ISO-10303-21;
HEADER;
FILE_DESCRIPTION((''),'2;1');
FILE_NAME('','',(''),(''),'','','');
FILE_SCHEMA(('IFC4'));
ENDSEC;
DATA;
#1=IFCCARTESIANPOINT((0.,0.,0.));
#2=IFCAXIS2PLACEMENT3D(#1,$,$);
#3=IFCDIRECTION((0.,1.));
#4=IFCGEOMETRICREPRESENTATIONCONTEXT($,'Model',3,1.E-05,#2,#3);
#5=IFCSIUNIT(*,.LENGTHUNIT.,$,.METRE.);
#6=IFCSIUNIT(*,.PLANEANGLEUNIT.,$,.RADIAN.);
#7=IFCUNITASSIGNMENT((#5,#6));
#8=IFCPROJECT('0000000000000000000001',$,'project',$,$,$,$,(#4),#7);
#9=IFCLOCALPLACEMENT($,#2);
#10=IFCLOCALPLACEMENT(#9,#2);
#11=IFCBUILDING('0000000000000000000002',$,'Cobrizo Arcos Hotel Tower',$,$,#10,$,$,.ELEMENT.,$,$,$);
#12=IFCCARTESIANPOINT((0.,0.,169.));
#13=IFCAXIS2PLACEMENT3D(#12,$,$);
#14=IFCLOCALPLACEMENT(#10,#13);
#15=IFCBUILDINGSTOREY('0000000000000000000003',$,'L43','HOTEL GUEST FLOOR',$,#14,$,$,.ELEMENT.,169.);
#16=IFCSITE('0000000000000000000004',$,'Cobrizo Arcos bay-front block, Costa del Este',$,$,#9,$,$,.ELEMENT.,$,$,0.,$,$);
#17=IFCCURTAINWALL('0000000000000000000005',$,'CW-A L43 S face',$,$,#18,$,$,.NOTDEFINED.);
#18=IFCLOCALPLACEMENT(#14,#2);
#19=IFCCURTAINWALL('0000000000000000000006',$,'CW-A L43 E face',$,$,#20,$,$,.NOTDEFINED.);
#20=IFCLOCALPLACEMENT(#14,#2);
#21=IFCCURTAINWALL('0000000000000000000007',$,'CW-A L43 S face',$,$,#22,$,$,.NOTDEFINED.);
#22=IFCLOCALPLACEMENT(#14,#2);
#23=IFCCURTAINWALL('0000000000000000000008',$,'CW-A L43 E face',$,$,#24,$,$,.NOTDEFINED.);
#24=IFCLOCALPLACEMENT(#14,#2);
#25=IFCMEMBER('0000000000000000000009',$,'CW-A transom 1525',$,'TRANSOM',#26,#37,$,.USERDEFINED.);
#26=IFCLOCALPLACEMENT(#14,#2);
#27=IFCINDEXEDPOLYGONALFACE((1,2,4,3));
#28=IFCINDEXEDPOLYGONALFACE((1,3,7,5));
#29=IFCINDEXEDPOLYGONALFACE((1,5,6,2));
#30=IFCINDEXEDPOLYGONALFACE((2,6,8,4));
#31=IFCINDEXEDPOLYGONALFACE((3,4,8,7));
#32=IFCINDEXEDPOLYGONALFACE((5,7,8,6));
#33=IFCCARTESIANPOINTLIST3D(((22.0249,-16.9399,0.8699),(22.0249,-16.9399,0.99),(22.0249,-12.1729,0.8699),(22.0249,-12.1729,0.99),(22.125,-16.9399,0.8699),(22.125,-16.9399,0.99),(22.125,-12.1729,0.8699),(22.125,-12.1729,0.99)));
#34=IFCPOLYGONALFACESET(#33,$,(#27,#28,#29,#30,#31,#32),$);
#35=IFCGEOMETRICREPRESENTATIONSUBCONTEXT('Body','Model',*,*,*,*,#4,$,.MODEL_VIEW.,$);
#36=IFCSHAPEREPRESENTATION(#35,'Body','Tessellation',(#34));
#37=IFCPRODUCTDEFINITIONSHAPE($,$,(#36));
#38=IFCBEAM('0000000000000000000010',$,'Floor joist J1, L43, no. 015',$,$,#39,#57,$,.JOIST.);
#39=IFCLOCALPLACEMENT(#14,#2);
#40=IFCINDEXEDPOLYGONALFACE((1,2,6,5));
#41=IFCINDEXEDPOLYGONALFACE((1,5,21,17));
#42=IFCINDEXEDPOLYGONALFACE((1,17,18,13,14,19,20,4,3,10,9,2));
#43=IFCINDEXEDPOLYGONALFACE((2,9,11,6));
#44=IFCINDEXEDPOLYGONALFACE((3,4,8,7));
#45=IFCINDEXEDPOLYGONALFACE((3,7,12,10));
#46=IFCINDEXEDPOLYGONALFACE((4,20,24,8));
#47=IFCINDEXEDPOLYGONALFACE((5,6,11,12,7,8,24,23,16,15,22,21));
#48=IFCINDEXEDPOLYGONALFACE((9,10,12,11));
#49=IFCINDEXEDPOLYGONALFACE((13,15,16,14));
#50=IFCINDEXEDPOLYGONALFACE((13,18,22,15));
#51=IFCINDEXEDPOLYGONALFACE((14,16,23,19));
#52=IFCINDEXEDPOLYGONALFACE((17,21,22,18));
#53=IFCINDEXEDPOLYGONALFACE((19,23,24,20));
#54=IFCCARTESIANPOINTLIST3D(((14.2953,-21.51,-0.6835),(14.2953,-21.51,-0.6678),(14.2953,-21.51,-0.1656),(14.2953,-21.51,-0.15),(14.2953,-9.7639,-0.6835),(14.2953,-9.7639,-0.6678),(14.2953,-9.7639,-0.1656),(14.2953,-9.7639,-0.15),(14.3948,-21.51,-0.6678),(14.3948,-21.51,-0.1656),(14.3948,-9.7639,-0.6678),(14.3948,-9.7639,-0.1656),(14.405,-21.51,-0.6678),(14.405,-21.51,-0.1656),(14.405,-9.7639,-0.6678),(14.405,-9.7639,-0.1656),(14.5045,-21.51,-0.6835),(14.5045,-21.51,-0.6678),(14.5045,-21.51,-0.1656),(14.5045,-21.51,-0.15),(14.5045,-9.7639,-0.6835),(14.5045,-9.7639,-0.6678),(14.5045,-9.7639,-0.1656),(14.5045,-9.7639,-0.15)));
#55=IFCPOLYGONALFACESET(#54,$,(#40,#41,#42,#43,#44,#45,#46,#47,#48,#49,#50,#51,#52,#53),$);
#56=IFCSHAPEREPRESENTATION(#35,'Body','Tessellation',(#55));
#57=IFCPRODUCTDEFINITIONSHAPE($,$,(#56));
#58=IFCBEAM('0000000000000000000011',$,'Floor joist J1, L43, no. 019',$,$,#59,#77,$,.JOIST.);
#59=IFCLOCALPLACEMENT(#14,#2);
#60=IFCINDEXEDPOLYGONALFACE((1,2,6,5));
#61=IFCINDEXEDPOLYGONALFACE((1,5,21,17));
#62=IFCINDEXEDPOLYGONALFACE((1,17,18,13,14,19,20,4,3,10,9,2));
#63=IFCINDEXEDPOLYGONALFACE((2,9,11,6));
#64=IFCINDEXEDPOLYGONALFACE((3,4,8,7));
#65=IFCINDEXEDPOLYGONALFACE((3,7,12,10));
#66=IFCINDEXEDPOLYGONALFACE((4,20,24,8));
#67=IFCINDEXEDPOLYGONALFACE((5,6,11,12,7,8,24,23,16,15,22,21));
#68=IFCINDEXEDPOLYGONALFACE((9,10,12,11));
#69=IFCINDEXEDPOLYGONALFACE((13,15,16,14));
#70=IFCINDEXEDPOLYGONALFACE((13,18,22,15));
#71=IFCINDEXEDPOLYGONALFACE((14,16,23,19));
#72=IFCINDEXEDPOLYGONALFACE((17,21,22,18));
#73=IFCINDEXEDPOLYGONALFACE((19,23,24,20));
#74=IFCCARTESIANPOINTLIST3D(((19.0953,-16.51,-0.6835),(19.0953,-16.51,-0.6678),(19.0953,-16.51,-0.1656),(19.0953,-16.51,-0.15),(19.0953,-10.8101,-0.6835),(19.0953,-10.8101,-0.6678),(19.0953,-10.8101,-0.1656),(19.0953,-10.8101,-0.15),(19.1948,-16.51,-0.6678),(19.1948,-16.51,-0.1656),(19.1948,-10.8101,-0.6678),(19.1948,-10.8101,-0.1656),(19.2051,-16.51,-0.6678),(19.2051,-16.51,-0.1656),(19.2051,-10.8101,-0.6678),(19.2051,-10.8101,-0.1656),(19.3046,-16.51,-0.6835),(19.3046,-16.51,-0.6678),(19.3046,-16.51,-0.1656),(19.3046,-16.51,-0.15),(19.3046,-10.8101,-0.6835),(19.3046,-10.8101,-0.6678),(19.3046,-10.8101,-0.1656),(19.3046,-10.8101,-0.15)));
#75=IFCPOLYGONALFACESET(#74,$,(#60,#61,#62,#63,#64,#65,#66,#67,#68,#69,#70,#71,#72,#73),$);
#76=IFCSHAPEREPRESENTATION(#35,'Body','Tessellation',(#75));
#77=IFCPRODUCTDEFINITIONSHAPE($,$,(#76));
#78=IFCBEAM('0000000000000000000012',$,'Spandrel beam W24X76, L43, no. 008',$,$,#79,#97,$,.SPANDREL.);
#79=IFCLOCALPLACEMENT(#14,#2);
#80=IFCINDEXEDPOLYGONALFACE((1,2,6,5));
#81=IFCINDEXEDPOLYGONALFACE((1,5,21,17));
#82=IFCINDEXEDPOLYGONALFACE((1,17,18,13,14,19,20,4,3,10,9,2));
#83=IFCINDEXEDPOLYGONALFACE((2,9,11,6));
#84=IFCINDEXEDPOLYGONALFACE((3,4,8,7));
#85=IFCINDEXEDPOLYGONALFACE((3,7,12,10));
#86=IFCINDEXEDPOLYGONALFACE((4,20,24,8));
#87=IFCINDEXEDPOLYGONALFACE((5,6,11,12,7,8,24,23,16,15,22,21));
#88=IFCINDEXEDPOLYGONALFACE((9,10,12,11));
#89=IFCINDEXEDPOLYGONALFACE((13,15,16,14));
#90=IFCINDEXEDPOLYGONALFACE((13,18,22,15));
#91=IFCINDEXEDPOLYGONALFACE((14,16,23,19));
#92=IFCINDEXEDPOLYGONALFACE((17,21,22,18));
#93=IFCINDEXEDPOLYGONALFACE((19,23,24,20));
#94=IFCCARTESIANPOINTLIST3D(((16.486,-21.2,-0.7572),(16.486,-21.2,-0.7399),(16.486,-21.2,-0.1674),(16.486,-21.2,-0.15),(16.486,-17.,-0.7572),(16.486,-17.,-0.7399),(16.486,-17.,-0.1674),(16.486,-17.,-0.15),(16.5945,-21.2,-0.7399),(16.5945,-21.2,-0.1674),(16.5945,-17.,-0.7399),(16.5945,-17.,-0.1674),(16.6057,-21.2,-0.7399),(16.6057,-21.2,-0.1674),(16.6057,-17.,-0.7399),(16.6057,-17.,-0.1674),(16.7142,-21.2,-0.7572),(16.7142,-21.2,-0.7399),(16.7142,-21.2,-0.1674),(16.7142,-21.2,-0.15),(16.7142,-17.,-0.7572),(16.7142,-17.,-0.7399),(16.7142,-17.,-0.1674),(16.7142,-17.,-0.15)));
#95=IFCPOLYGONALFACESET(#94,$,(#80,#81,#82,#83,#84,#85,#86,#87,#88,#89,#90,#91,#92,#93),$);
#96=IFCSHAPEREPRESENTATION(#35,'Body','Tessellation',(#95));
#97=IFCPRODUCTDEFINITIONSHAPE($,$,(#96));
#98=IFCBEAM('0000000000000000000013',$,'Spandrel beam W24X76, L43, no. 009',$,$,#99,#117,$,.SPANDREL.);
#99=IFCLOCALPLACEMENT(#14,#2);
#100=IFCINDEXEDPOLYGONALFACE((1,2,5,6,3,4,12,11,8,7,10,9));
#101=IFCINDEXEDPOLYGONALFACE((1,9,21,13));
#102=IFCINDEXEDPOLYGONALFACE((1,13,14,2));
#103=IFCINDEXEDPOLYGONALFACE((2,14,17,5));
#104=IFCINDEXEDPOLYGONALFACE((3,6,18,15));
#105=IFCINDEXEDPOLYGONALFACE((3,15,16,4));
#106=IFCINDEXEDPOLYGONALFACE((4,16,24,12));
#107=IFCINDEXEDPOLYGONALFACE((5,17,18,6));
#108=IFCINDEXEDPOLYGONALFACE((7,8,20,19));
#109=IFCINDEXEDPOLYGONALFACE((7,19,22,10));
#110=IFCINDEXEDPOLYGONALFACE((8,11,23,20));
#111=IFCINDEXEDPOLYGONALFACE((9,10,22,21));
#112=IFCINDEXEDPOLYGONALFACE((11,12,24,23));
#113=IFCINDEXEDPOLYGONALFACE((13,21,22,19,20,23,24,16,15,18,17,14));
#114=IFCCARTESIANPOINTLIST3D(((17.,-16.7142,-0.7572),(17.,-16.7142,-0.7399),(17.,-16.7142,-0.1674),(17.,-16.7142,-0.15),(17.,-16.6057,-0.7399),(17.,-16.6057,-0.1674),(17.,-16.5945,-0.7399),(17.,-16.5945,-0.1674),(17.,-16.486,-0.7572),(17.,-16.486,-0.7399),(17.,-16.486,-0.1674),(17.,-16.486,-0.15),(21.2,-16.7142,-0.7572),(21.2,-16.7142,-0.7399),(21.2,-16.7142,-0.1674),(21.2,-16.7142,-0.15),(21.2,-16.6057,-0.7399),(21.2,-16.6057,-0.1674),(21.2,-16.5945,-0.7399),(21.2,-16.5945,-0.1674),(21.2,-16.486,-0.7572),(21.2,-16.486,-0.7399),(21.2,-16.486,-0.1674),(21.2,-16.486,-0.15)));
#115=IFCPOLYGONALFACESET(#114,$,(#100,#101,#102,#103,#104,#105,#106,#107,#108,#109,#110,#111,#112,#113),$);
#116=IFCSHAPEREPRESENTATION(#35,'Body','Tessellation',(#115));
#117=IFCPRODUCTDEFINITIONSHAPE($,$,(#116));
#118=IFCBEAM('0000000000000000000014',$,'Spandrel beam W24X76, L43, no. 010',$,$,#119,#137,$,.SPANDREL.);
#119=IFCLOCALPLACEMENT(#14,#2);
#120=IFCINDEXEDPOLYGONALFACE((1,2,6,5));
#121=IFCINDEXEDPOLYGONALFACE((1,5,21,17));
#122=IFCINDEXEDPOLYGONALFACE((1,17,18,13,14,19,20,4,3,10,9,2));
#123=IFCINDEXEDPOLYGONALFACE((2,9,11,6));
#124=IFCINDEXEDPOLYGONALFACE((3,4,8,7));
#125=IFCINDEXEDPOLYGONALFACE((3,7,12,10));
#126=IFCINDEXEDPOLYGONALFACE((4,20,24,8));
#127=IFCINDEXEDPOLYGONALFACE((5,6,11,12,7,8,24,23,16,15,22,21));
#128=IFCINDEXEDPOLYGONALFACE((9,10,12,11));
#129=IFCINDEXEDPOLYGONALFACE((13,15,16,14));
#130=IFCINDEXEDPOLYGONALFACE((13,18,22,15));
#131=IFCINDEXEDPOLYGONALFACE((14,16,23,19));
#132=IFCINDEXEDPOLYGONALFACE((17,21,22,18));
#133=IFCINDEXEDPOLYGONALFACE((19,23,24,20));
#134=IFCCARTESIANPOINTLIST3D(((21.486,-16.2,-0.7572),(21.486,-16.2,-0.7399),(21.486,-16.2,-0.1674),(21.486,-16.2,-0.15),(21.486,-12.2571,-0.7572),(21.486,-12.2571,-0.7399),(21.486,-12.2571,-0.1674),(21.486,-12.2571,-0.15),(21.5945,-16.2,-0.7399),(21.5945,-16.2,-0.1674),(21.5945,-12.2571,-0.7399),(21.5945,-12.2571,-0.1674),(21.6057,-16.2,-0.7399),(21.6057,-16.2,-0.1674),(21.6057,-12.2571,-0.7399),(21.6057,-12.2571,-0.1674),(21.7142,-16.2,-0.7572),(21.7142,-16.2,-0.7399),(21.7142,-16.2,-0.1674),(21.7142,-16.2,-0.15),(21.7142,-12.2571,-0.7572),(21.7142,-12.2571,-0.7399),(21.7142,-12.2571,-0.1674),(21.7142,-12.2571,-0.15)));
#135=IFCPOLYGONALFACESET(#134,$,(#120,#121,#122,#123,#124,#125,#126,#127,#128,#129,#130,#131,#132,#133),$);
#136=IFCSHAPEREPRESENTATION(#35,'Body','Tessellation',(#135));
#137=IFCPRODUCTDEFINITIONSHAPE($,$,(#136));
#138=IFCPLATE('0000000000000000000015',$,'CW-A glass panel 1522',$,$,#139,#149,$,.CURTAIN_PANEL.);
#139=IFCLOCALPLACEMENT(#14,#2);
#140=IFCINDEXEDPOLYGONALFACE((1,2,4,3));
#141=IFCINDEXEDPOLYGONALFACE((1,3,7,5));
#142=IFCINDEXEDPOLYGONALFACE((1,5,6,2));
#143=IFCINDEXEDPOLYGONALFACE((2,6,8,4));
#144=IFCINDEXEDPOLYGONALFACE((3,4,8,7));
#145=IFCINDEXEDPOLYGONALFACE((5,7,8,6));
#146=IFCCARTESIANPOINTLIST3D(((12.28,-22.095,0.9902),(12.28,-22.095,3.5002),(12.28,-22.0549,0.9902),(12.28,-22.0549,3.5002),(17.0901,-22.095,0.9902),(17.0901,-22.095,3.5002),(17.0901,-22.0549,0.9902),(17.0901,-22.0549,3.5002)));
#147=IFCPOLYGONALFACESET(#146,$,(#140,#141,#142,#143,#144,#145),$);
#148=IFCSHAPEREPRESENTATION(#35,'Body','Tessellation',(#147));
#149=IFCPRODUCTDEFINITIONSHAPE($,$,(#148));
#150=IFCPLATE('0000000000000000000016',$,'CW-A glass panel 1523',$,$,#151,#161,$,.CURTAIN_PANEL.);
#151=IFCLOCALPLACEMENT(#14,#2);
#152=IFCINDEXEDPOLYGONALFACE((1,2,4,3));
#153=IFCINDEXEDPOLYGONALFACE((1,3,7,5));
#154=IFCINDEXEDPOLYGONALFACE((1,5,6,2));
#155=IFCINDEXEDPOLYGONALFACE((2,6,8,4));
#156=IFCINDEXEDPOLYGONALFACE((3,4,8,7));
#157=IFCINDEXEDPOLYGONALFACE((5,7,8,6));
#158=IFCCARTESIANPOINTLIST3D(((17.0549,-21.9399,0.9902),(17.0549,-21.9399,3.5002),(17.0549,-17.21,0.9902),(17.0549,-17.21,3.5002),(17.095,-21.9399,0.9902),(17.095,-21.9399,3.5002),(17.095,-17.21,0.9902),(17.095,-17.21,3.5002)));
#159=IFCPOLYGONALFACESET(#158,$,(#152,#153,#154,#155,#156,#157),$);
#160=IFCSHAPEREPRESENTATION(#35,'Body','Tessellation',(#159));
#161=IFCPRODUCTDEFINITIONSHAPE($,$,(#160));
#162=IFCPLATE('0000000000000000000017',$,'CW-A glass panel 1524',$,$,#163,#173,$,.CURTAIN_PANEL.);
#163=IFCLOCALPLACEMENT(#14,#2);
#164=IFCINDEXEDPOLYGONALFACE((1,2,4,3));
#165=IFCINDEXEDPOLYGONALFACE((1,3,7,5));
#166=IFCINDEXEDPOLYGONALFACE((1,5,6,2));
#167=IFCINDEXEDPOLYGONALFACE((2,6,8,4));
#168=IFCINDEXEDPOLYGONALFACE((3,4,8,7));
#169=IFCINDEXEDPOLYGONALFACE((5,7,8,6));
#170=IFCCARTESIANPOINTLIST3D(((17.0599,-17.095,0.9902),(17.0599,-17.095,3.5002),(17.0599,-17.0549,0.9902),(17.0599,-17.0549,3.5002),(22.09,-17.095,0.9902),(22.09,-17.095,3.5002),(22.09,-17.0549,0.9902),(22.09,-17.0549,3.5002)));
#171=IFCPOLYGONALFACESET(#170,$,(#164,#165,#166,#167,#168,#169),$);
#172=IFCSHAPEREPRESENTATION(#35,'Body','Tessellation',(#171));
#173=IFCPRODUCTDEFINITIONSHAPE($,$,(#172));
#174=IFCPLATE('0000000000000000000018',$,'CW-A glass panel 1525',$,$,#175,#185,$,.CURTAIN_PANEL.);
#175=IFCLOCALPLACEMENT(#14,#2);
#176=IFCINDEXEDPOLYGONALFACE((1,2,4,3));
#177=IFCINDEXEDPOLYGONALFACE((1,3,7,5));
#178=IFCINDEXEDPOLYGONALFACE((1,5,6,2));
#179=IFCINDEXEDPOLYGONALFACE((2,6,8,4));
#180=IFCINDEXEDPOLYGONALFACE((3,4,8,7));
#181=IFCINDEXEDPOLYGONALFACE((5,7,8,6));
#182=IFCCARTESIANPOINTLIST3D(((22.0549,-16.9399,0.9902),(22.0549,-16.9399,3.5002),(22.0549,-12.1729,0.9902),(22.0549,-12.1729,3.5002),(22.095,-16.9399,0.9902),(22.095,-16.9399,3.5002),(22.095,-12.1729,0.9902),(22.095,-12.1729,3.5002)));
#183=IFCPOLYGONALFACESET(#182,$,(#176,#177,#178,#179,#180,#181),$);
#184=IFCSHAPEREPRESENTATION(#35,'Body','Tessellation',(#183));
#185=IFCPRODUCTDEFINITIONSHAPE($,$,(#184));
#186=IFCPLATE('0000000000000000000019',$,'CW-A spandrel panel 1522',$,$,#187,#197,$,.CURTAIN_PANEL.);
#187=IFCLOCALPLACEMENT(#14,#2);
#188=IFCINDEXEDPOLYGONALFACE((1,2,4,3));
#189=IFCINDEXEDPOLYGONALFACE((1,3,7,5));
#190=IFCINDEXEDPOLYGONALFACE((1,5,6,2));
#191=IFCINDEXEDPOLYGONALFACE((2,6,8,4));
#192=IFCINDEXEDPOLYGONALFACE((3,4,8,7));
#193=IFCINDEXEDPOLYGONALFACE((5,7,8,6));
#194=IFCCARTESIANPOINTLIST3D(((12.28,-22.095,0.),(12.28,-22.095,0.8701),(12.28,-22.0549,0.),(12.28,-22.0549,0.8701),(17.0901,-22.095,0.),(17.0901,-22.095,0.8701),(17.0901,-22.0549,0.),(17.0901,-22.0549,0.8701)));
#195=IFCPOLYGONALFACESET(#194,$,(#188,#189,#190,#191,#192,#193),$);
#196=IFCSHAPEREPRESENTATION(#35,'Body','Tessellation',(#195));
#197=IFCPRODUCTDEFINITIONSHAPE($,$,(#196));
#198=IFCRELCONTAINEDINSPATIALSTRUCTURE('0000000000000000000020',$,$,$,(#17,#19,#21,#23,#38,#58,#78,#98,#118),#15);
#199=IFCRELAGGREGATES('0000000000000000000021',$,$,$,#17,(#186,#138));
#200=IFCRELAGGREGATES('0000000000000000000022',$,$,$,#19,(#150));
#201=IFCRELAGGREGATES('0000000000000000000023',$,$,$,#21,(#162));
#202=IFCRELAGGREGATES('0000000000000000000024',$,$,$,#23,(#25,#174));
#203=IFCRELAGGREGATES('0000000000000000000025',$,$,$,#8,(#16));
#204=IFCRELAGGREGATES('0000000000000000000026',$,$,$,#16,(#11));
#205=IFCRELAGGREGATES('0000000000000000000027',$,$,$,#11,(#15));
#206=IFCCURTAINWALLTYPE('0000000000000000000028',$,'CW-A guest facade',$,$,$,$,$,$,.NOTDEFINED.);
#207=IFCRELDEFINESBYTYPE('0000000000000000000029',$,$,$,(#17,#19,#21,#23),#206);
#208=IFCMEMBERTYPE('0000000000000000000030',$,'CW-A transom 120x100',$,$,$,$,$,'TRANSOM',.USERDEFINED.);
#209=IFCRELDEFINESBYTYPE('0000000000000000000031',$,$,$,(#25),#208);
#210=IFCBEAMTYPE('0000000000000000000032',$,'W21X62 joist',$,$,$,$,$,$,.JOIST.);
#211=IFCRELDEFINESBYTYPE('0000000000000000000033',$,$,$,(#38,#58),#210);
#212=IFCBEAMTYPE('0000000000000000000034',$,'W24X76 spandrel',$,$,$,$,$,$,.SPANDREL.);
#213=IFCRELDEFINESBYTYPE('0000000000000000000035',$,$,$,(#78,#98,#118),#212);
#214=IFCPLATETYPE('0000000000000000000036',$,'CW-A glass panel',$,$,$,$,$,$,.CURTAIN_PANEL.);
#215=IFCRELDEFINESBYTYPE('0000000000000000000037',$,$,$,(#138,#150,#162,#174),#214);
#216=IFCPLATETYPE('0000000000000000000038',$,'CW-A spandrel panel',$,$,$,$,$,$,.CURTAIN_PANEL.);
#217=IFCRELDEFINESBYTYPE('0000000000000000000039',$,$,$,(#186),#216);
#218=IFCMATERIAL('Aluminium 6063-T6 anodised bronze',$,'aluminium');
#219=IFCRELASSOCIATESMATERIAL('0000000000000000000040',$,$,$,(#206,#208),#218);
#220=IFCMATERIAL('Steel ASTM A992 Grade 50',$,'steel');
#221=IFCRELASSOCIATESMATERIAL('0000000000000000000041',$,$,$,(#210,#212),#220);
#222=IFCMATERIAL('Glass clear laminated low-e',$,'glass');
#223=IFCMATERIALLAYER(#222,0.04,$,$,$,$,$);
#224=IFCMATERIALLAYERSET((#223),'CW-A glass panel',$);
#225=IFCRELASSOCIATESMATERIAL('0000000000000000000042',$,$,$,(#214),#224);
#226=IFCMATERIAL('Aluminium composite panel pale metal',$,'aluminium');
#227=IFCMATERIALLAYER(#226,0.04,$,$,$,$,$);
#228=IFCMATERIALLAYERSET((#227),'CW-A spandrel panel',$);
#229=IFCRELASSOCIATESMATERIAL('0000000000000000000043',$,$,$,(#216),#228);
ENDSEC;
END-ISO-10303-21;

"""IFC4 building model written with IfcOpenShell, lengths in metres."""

from ifc_helpers import new_model, si_unit, direction, frame, origin, origin_2d, place, context, subcontext, project, spatial, rectangle, i_section, extrude, material, layer, layer_set, material_profile, profile_set, type_object, element, aggregate, save


model = new_model("IFC4")

# Units and contexts
model_context = context("Model", 3, precision=1e-05, world=origin(), true_north=direction((0.0, 1.0)))
body_context = subcontext(model_context, "Body", "Model", "MODEL_VIEW")
ifc_project = project(units=[si_unit("LENGTHUNIT", "METRE"), si_unit("PLANEANGLEUNIT", "RADIAN")], contexts=[model_context])

# Site, building, storey
site_placement = place(None, origin())
site = spatial("IfcSite", under=ifc_project, at=site_placement, Name="Cobrizo Arcos bay-front block, Costa del Este", CompositionType="ELEMENT", RefElevation=0.0)
building_placement = place(site_placement, origin())
building = spatial("IfcBuilding", under=site, at=building_placement, Name="Cobrizo Arcos Hotel Tower", CompositionType="ELEMENT")
storey_placement = place(building_placement, frame((0.0, 0.0, 169.0)))
storey = spatial("IfcBuildingStorey", under=building, at=storey_placement, Name="L43", Description="HOTEL GUEST FLOOR", CompositionType="ELEMENT", Elevation=169.0)

# Curtain wall
ifc_material_1 = material(Name="Aluminium 6063-T6 anodised bronze", Category="aluminium")
curtain_wall_type = type_object("IfcCurtainWallType", Name="CW-A guest facade", PredefinedType="NOTDEFINED", material=ifc_material_1)
curtain_wall_1_placement = place(storey_placement, origin())
curtain_wall_1 = element("IfcCurtainWall", 1, at=curtain_wall_1_placement, inside=storey, type_object=curtain_wall_type, Name="CW-A L43 S face", PredefinedType="NOTDEFINED")

# Curtain walls
curtain_wall_2_placement = place(storey_placement, origin())
curtain_wall_2 = element("IfcCurtainWall", 2, at=curtain_wall_2_placement, inside=storey, type_object=curtain_wall_type, Name="CW-A L43 E face", PredefinedType="NOTDEFINED")
curtain_wall_3_placement = place(storey_placement, origin())
curtain_wall_3 = element("IfcCurtainWall", 3, at=curtain_wall_3_placement, inside=storey, type_object=curtain_wall_type, Name="CW-A L43 S face", PredefinedType="NOTDEFINED")

# Curtain wall
curtain_wall_4_placement = place(storey_placement, origin())
curtain_wall_4 = element("IfcCurtainWall", 4, at=curtain_wall_4_placement, inside=storey, type_object=curtain_wall_type, Name="CW-A L43 E face", PredefinedType="NOTDEFINED")

# Member
ifc_material_profile_1 = material_profile(ifc_material_1, rectangle(XDim=0.1001, YDim=0.1201, at=origin_2d()), Name="CW-A transom 120x100")
ifc_profile_set_1 = profile_set([ifc_material_profile_1], Name="Aluminium 6063-T6 anodised bronze")
member_type_1 = type_object("IfcMemberType", Name="CW-A transom 120x100", ElementType="TRANSOM", PredefinedType="USERDEFINED", material=ifc_profile_set_1)
member_1_placement = place(storey_placement, frame((22.075, -16.9399, 0.9299), z_axis=(0.0, 1.0, 0.0), x_axis=(-1.0, 0.0, 0.0)))
member_1 = element("IfcMember", 5, at=member_1_placement, type_object=member_type_1, Name="CW-A transom 1525", ObjectType="TRANSOM", PredefinedType="USERDEFINED", context=body_context, shape_type="SweptSolid", body=[
    extrude(rectangle(XDim=0.1001, YDim=0.1201, at=origin_2d()), origin(), (0.0, 0.0, 1.0), 4.7671),
])

# Beams
ifc_material_2 = material(Name="Steel ASTM A992 Grade 50", Category="steel")
ifc_material_profile_2 = material_profile(ifc_material_2, i_section(OverallWidth=0.2092, OverallDepth=0.5334, WebThickness=0.0103, FlangeThickness=0.0156, at=origin_2d()), Name="W21X62")
ifc_profile_set_2 = profile_set([ifc_material_profile_2], Name="Steel ASTM A992 Grade 50")
beam_type_1 = type_object("IfcBeamType", Name="W21X62 joist", PredefinedType="JOIST", material=ifc_profile_set_2)
beam_1_placement = place(storey_placement, frame((14.3999, -21.51, -0.4167), z_axis=(0.0, 1.0, 0.0), x_axis=(-1.0, 0.0, 0.0)))
element("IfcBeam", 6, at=beam_1_placement, inside=storey, type_object=beam_type_1, Name="Floor joist J1, L43, no. 015", PredefinedType="JOIST", context=body_context, shape_type="SweptSolid", body=[
    extrude(i_section(OverallWidth=0.2092, OverallDepth=0.5334, WebThickness=0.0103, FlangeThickness=0.0156, at=origin_2d()), origin(), (0.0, 0.0, 1.0), 11.7461),
])
beam_2_placement = place(storey_placement, frame((19.2, -16.51, -0.4167), z_axis=(0.0, 1.0, 0.0), x_axis=(-1.0, 0.0, 0.0)))
element("IfcBeam", 7, at=beam_2_placement, inside=storey, type_object=beam_type_1, Name="Floor joist J1, L43, no. 019", PredefinedType="JOIST", context=body_context, shape_type="SweptSolid", body=[
    extrude(i_section(OverallWidth=0.2092, OverallDepth=0.5334, WebThickness=0.0103, FlangeThickness=0.0156, at=origin_2d()), origin(), (0.0, 0.0, 1.0), 5.7),
])
ifc_material_profile_3 = material_profile(ifc_material_2, i_section(OverallWidth=0.2283, OverallDepth=0.6072, WebThickness=0.0112, FlangeThickness=0.0173, at=origin_2d()), Name="W24X76")
ifc_profile_set_3 = profile_set([ifc_material_profile_3], Name="Steel ASTM A992 Grade 50")
beam_type_2 = type_object("IfcBeamType", Name="W24X76 spandrel", PredefinedType="SPANDREL", material=ifc_profile_set_3)
for number, where, z_axis, x_axis, name in (
    (8, (16.6001, -21.2, -0.4536), (0.0, 1.0, 0.0), (-1.0, 0.0, 0.0), "Spandrel beam W24X76, L43, no. 008"),
    (9, (17.0, -16.6001, -0.4536), (1.0, 0.0, 0.0), (0.0, 1.0, 0.0), "Spandrel beam W24X76, L43, no. 009"),
):
    element("IfcBeam", number, at=place(storey_placement, frame(where, z_axis=z_axis, x_axis=x_axis)), inside=storey, type_object=beam_type_2, Name=name, PredefinedType="SPANDREL", context=body_context, shape_type="SweptSolid", body=[
        extrude(i_section(OverallWidth=0.2283, OverallDepth=0.6072, WebThickness=0.0112, FlangeThickness=0.0173, at=origin_2d()), origin(), (0.0, 0.0, 1.0), 4.2),
    ])
beam_3_placement = place(storey_placement, frame((21.6001, -16.2, -0.4536), z_axis=(0.0, 1.0, 0.0), x_axis=(-1.0, 0.0, 0.0)))
element("IfcBeam", 10, at=beam_3_placement, inside=storey, type_object=beam_type_2, Name="Spandrel beam W24X76, L43, no. 010", PredefinedType="SPANDREL", context=body_context, shape_type="SweptSolid", body=[
    extrude(i_section(OverallWidth=0.2283, OverallDepth=0.6072, WebThickness=0.0112, FlangeThickness=0.0173, at=origin_2d()), origin(), (0.0, 0.0, 1.0), 3.9429),
])

# Plates
ifc_material_3 = material(Name="Glass clear laminated low-e", Category="glass")
ifc_layer_1 = layer(ifc_material_3, 0.04)
ifc_layer_set_1 = layer_set([ifc_layer_1], Name="CW-A glass panel")
plate_type_1 = type_object("IfcPlateType", Name="CW-A glass panel", PredefinedType="CURTAIN_PANEL", material=ifc_layer_set_1)
plate_1_placement = place(storey_placement, frame((14.6851, -22.075, 0.9902), z_axis=(0.0, 0.0, 1.0), x_axis=(1.0, 0.0, 0.0)))
plate_1 = element("IfcPlate", 11, at=plate_1_placement, type_object=plate_type_1, Name="CW-A glass panel 1522", PredefinedType="CURTAIN_PANEL", context=body_context, shape_type="SweptSolid", body=[
    extrude(rectangle(XDim=4.8101, YDim=0.04, at=origin_2d()), origin(), (0.0, 0.0, 1.0), 2.51),
])
plate_2_placement = place(storey_placement, frame((17.075, -19.575, 0.9902), z_axis=(0.0, 0.0, 1.0), x_axis=(0.0, 1.0, 0.0)))
plate_2 = element("IfcPlate", 12, at=plate_2_placement, type_object=plate_type_1, Name="CW-A glass panel 1523", PredefinedType="CURTAIN_PANEL", context=body_context, shape_type="SweptSolid", body=[
    extrude(rectangle(XDim=4.73, YDim=0.04, at=origin_2d()), origin(), (0.0, 0.0, 1.0), 2.51),
])
plate_3_placement = place(storey_placement, frame((19.575, -17.075, 0.9902), z_axis=(0.0, 0.0, 1.0), x_axis=(1.0, 0.0, 0.0)))
plate_3 = element("IfcPlate", 13, at=plate_3_placement, type_object=plate_type_1, Name="CW-A glass panel 1524", PredefinedType="CURTAIN_PANEL", context=body_context, shape_type="SweptSolid", body=[
    extrude(rectangle(XDim=5.03, YDim=0.04, at=origin_2d()), origin(), (0.0, 0.0, 1.0), 2.51),
])
plate_4_placement = place(storey_placement, frame((22.075, -14.5564, 0.9902), z_axis=(0.0, 0.0, 1.0), x_axis=(0.0, 1.0, 0.0)))
plate_4 = element("IfcPlate", 14, at=plate_4_placement, type_object=plate_type_1, Name="CW-A glass panel 1525", PredefinedType="CURTAIN_PANEL", context=body_context, shape_type="SweptSolid", body=[
    extrude(rectangle(XDim=4.7671, YDim=0.04, at=origin_2d()), origin(), (0.0, 0.0, 1.0), 2.51),
])
ifc_material_4 = material(Name="Aluminium composite panel pale metal", Category="aluminium")
ifc_layer_2 = layer(ifc_material_4, 0.04)
ifc_layer_set_2 = layer_set([ifc_layer_2], Name="CW-A spandrel panel")
plate_type_2 = type_object("IfcPlateType", Name="CW-A spandrel panel", PredefinedType="CURTAIN_PANEL", material=ifc_layer_set_2)
plate_5_placement = place(storey_placement, frame((14.6851, -22.075, 0.0), z_axis=(0.0, 0.0, 1.0), x_axis=(1.0, 0.0, 0.0)))
plate_5 = element("IfcPlate", 15, at=plate_5_placement, type_object=plate_type_2, Name="CW-A spandrel panel 1522", PredefinedType="CURTAIN_PANEL", context=body_context, shape_type="SweptSolid", body=[
    extrude(rectangle(XDim=4.8101, YDim=0.04, at=origin_2d()), origin(), (0.0, 0.0, 1.0), 0.8701),
])
aggregate(curtain_wall_1, [plate_5, plate_1])
aggregate(curtain_wall_2, [plate_2])
aggregate(curtain_wall_3, [plate_3])
aggregate(curtain_wall_4, [member_1, plate_4])

save(model, "model.ifc")
